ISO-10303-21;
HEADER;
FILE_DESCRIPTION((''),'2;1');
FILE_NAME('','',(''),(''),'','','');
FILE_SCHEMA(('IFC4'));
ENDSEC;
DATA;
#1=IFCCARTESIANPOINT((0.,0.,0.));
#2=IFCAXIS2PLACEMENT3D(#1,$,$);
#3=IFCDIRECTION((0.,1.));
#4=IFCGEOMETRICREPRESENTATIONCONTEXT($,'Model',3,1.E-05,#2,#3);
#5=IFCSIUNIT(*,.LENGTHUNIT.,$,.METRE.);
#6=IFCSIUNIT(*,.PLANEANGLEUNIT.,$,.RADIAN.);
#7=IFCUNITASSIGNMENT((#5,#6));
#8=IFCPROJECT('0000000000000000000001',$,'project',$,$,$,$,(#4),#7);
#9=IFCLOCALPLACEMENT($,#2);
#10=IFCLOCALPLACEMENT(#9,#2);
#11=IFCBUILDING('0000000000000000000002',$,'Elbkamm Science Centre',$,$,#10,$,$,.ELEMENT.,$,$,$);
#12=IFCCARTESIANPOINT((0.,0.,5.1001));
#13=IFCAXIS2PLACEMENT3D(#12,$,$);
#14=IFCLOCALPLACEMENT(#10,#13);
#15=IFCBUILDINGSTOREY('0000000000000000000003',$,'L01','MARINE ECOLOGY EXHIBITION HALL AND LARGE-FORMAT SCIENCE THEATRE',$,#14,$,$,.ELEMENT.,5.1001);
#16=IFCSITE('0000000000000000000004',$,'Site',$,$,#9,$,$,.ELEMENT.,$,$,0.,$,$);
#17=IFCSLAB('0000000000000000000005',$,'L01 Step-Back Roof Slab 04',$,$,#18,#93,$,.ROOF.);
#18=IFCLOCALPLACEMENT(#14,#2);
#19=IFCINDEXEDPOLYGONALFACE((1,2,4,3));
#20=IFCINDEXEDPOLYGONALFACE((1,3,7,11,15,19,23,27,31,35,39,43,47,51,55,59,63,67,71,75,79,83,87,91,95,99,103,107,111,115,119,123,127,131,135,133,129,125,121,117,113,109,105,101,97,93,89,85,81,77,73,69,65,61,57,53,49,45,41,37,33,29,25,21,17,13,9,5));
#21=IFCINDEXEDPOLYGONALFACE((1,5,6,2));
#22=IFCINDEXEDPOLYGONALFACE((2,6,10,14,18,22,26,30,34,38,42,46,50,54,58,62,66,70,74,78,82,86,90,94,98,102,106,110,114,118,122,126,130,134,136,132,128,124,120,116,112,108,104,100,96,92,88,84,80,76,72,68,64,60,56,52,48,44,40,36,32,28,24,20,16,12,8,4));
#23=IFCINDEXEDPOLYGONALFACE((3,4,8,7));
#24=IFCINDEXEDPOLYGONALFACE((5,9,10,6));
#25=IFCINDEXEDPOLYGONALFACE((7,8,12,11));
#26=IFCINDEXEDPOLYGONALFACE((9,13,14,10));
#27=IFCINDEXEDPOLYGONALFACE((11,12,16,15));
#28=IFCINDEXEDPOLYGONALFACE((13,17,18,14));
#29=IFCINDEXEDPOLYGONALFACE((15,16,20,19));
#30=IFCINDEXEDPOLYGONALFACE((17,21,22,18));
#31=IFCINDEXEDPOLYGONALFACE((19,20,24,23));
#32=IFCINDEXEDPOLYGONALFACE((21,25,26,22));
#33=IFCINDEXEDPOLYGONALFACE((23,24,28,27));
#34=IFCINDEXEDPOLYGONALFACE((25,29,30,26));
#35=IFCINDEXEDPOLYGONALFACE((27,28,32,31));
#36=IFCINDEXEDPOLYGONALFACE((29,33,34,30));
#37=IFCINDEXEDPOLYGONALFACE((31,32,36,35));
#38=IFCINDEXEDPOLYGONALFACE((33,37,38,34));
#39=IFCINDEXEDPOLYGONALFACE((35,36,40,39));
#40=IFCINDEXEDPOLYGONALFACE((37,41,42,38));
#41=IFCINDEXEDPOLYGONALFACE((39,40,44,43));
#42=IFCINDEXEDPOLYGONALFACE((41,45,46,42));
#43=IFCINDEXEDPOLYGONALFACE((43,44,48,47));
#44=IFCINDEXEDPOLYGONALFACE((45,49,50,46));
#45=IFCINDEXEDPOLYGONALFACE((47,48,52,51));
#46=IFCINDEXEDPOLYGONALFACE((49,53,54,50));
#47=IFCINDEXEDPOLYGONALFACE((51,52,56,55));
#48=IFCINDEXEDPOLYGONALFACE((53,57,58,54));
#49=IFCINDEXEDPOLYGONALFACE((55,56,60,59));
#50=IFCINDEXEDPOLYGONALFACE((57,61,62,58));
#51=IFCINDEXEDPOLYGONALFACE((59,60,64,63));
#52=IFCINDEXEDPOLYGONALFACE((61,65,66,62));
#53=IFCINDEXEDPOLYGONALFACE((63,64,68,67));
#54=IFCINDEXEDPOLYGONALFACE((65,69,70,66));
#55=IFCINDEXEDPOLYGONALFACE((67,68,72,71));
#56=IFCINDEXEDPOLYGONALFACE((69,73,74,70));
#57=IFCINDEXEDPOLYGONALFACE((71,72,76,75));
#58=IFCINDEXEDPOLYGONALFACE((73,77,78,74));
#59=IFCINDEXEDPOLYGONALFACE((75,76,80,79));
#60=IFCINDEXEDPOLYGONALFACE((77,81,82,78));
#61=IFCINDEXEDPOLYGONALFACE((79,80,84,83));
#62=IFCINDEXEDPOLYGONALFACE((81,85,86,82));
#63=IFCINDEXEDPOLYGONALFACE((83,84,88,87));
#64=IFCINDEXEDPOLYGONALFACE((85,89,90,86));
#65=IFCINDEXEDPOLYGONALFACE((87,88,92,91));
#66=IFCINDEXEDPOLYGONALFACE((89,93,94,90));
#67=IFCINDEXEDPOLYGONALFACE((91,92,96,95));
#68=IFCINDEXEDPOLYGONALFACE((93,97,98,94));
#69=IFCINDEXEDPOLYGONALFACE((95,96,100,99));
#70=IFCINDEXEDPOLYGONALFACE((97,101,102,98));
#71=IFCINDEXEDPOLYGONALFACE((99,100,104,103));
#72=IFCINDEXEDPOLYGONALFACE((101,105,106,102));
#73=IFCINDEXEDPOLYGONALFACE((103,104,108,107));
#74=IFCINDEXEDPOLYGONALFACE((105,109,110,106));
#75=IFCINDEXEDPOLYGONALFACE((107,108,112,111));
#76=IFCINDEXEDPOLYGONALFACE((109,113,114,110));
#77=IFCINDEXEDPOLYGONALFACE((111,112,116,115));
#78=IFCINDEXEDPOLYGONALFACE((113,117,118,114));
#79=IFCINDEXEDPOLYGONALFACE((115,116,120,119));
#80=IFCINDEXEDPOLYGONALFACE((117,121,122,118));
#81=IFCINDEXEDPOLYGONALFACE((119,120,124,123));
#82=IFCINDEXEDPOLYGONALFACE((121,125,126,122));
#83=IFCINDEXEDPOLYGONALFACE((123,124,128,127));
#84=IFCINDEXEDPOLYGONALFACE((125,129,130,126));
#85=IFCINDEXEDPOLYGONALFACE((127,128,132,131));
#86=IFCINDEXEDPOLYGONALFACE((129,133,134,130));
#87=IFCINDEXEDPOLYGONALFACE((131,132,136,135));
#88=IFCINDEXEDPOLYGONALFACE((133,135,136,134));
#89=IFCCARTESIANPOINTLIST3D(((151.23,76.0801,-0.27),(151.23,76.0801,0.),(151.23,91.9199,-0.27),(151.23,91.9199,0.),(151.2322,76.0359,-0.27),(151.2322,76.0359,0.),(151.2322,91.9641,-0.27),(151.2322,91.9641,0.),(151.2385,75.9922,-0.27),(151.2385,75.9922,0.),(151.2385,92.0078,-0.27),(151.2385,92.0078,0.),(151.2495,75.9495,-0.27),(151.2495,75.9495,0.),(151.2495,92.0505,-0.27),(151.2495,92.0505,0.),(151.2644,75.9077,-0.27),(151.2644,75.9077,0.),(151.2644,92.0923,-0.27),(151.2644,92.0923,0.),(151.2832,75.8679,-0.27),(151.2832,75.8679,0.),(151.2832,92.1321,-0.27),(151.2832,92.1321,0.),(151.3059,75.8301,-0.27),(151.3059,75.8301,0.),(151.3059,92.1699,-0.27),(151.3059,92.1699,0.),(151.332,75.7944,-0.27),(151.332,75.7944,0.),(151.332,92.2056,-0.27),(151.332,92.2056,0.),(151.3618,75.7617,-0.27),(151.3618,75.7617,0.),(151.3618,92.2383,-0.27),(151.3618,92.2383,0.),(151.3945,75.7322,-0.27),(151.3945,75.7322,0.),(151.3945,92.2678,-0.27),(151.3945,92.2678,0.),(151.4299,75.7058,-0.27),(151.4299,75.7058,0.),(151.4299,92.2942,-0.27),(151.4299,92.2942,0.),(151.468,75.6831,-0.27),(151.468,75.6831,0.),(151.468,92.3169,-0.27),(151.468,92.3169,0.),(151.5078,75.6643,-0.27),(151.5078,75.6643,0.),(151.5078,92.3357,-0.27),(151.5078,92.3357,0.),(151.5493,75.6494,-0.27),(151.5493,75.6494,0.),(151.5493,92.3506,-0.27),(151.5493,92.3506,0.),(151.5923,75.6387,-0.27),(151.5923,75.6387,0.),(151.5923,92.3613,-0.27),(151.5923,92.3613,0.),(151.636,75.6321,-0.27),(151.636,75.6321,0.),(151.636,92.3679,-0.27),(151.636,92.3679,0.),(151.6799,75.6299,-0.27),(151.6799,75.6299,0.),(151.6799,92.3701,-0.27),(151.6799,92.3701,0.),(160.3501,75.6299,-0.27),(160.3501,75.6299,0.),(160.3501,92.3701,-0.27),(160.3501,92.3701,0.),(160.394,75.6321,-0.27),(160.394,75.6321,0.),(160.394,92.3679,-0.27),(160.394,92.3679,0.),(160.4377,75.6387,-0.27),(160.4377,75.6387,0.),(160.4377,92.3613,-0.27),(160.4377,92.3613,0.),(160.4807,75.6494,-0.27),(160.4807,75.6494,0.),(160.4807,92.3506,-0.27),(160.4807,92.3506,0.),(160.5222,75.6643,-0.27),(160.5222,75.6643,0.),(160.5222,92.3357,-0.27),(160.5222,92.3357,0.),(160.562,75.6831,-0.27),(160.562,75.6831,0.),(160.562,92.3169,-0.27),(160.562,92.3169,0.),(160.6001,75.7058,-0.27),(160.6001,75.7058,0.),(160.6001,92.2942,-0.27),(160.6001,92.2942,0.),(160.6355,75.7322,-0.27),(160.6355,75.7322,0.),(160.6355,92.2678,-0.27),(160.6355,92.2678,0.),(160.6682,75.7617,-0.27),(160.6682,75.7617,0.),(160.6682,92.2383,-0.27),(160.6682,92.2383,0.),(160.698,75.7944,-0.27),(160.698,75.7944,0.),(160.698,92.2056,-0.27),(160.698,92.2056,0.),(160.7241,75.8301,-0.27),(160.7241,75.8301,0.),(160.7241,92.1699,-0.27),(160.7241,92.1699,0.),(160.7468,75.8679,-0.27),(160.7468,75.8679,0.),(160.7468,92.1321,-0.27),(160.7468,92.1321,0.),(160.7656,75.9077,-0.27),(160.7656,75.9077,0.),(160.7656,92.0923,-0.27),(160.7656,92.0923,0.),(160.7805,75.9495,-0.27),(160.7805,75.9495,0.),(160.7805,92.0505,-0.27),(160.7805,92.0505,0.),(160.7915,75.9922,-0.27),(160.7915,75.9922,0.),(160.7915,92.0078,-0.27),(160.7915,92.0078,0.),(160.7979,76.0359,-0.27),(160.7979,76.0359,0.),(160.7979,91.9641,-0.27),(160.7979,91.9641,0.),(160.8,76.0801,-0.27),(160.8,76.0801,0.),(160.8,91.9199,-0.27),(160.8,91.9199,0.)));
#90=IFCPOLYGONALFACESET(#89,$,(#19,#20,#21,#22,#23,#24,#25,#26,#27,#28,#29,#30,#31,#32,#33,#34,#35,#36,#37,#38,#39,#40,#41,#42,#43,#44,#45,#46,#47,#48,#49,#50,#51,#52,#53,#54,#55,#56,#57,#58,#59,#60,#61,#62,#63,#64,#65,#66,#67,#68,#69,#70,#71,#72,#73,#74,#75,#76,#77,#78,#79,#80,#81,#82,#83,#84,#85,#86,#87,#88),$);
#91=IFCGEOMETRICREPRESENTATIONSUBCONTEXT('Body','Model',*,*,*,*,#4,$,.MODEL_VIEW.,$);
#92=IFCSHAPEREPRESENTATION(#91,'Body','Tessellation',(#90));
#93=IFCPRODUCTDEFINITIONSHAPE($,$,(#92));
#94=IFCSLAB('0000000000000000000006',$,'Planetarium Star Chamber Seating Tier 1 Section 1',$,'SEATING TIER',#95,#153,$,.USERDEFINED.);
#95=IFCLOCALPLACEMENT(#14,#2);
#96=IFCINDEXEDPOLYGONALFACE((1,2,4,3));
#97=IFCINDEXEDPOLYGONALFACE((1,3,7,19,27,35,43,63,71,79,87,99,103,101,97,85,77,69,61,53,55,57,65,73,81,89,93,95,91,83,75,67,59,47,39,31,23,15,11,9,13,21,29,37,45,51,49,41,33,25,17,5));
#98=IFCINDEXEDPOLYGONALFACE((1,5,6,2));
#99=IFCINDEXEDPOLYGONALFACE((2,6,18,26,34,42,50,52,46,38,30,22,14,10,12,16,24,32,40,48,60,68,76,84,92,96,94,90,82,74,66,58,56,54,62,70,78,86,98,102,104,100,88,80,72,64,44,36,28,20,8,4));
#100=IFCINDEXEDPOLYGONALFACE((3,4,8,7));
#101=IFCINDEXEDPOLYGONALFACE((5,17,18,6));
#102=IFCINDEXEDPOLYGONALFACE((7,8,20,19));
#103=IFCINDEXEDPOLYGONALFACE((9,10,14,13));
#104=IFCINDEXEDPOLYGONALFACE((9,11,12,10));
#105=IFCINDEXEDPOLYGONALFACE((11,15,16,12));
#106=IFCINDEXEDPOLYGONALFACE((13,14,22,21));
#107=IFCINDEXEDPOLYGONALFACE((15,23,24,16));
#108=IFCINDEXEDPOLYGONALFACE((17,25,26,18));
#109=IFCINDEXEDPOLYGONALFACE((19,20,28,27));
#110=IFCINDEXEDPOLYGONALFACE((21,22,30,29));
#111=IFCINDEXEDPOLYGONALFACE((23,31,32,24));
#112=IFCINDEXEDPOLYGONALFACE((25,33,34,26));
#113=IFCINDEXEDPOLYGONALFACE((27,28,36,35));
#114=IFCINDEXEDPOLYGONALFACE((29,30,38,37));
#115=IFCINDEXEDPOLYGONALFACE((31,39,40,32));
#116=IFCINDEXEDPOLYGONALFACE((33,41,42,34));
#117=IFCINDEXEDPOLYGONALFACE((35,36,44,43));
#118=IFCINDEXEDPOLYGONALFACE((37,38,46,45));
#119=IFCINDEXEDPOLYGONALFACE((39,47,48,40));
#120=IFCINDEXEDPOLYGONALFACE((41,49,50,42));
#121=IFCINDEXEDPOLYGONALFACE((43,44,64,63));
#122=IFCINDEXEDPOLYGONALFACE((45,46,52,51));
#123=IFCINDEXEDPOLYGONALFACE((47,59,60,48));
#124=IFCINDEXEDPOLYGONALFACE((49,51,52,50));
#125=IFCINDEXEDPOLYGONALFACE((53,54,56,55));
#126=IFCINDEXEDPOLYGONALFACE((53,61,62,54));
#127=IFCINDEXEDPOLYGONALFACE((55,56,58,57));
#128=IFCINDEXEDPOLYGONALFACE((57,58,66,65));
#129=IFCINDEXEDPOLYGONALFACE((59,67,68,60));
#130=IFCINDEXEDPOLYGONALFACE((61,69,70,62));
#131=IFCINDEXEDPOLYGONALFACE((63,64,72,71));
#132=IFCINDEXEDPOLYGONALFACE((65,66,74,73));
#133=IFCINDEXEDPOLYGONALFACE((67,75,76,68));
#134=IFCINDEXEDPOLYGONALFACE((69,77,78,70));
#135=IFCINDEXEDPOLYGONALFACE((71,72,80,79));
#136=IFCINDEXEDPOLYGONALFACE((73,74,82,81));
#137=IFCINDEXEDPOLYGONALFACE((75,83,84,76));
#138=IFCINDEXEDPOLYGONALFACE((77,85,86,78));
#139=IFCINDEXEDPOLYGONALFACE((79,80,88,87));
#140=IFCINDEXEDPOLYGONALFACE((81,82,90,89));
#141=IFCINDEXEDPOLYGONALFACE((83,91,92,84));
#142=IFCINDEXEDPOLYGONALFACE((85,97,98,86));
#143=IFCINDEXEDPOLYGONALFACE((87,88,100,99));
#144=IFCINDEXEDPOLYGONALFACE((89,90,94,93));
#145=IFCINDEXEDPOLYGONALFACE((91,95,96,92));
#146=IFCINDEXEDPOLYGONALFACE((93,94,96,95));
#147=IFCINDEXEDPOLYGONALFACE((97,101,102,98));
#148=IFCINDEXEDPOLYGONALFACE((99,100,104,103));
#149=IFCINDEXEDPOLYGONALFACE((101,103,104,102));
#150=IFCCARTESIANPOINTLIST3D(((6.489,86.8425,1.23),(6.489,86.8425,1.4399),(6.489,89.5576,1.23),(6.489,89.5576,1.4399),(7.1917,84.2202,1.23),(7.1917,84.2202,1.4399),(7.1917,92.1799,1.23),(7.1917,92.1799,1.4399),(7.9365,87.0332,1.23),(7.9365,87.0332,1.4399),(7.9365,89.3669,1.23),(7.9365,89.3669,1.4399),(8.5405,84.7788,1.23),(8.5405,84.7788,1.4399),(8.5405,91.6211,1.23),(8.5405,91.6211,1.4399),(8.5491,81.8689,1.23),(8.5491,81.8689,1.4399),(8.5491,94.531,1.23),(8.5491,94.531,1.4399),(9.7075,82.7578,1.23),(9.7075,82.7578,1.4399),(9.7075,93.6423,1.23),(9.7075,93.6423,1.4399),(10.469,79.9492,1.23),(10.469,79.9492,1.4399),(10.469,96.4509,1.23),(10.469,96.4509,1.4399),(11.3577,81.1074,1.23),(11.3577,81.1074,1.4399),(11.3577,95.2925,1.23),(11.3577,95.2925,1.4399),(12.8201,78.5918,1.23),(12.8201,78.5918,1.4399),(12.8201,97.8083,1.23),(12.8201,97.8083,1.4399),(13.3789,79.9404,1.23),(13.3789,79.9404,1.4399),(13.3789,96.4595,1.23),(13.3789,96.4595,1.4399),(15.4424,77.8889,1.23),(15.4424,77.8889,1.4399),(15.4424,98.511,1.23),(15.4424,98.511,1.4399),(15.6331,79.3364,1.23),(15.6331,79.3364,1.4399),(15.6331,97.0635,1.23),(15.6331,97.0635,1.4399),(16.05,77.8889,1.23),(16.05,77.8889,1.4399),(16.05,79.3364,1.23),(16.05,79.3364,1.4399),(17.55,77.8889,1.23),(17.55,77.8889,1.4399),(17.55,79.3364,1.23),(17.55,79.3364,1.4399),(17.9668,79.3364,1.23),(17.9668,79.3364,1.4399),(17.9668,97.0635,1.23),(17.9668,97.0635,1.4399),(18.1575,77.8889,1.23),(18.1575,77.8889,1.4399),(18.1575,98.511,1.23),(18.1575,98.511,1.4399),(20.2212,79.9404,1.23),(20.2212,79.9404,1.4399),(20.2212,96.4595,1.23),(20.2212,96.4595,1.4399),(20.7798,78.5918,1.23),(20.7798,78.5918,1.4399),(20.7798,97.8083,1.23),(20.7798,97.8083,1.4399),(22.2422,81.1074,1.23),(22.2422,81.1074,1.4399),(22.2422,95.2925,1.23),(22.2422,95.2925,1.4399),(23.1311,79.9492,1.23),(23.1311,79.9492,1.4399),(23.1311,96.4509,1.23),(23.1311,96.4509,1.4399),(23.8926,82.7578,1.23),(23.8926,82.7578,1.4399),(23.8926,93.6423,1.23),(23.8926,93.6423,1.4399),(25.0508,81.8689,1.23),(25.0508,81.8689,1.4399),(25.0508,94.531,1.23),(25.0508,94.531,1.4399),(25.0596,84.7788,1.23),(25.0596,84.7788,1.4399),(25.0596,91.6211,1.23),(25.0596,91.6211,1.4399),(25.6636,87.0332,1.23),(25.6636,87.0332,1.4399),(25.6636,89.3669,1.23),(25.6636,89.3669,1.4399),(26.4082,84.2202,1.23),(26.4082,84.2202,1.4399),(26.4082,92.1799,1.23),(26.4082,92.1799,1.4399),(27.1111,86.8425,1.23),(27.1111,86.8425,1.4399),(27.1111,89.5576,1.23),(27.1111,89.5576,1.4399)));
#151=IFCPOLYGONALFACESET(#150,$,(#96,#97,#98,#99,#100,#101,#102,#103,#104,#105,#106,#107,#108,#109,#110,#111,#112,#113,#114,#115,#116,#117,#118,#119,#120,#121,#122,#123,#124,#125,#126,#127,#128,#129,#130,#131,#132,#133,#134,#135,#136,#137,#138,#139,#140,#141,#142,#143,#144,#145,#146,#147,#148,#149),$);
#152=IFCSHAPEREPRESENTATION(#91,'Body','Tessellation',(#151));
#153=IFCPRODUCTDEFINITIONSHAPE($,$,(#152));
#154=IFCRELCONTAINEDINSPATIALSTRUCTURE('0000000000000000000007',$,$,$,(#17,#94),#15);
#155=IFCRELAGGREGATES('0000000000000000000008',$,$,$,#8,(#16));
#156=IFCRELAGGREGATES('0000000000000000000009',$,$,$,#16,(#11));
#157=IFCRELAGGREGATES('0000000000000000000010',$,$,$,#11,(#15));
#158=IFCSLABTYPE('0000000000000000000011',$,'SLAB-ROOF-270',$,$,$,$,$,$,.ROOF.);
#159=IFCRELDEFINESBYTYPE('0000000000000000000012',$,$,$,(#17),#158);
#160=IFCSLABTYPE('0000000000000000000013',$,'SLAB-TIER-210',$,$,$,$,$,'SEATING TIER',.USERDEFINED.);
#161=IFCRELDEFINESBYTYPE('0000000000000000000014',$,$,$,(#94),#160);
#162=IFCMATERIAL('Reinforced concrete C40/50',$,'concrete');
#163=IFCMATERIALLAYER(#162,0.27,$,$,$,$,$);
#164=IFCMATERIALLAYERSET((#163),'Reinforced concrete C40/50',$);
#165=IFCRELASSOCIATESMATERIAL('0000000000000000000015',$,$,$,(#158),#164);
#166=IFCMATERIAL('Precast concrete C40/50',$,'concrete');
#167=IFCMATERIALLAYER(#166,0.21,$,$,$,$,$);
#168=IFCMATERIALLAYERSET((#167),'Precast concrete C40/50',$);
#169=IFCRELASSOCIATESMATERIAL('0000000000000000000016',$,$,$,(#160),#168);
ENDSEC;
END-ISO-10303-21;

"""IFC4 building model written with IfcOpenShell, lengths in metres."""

from ifc_helpers import new_model, si_unit, direction, frame, origin, place, context, subcontext, project, spatial, polyline, outline, extrude, material, layer, layer_set, type_object, element, save


model = new_model("IFC4")

# Units and contexts
model_context = context("Model", 3, precision=1e-05, world=origin(), true_north=direction((0.0, 1.0)))
body_context = subcontext(model_context, "Body", "Model", "MODEL_VIEW")
ifc_project = project(units=[si_unit("LENGTHUNIT", "METRE"), si_unit("PLANEANGLEUNIT", "RADIAN")], contexts=[model_context])

# Site, building, storey
site_placement = place(None, origin())
site = spatial("IfcSite", under=ifc_project, at=site_placement, Name="Site", CompositionType="ELEMENT", RefElevation=0.0)
building_placement = place(site_placement, origin())
building = spatial("IfcBuilding", under=site, at=building_placement, Name="Elbkamm Science Centre", CompositionType="ELEMENT")
storey_placement = place(building_placement, frame((0.0, 0.0, 5.1001)))
storey = spatial("IfcBuildingStorey", under=building, at=storey_placement, Name="L01", Description="MARINE ECOLOGY EXHIBITION HALL AND LARGE-FORMAT SCIENCE THEATRE", CompositionType="ELEMENT", Elevation=5.1001)

# Shared definitions
ifc_material_1 = material(Name="Reinforced concrete C40/50", Category="concrete")

# Slabs
ifc_layer_1 = layer(ifc_material_1, 0.27)
ifc_layer_set_1 = layer_set([ifc_layer_1], Name="Reinforced concrete C40/50")
slab_type_1 = type_object("IfcSlabType", Name="SLAB-ROOF-270", PredefinedType="ROOF", material=ifc_layer_set_1)
slab_1_placement = place(storey_placement, frame((0.0, 0.0, -0.27)))
element("IfcSlab", 1, at=slab_1_placement, inside=storey, type_object=slab_type_1, Name="L01 Step-Back Roof Slab 04", PredefinedType="ROOF", context=body_context, shape_type="SweptSolid", body=[
    extrude(outline(polyline([(151.5923, 75.6387), (151.5493, 75.6494), (151.5078, 75.6643), (151.468, 75.6831), (151.4299, 75.7058), (151.3945, 75.7322), (151.3618, 75.7617), (151.332, 75.7944), (151.3059, 75.8301), (151.2832, 75.8679), (151.2644, 75.9077), (151.2495, 75.9495), (151.2385, 75.9922), (151.2322, 76.0359), (151.23, 76.0801), (151.23, 91.9199), (151.2322, 91.9641), (151.2385, 92.0078), (151.2495, 92.0505), (151.2644, 92.0923), (151.2832, 92.1321), (151.3059, 92.1699), (151.332, 92.2056), (151.3618, 92.2383), (151.3945, 92.2678), (151.4299, 92.2942), (151.468, 92.3169), (151.5078, 92.3357), (151.5493, 92.3506), (151.5923, 92.3613), (151.636, 92.3679), (151.6799, 92.3701), (160.3501, 92.3701), (160.394, 92.3679), (160.4377, 92.3613), (160.4807, 92.3506), (160.5222, 92.3357), (160.562, 92.3169), (160.6001, 92.2942), (160.6355, 92.2678), (160.6682, 92.2383), (160.698, 92.2056), (160.7241, 92.1699), (160.7468, 92.1321), (160.7656, 92.0923), (160.7805, 92.0505), (160.7915, 92.0078), (160.7979, 91.9641), (160.8, 91.9199), (160.8, 76.0801), (160.7979, 76.0359), (160.7915, 75.9922), (160.7805, 75.9495), (160.7656, 75.9077), (160.7468, 75.8679), (160.7241, 75.8301), (160.698, 75.7944), (160.6682, 75.7617), (160.6355, 75.7322), (160.6001, 75.7058), (160.562, 75.6831), (160.5222, 75.6643), (160.4807, 75.6494), (160.4377, 75.6387), (160.394, 75.6321), (160.3501, 75.6299), (151.6799, 75.6299), (151.636, 75.6321), (151.5923, 75.6387)])), origin(), (0.0, 0.0, 1.0), 0.27),
])
ifc_material_2 = material(Name="Precast concrete C40/50", Category="concrete")
ifc_layer_2 = layer(ifc_material_2, 0.21)
ifc_layer_set_2 = layer_set([ifc_layer_2], Name="Precast concrete C40/50")
slab_type_2 = type_object("IfcSlabType", Name="SLAB-TIER-210", ElementType="SEATING TIER", PredefinedType="USERDEFINED", material=ifc_layer_set_2)
slab_2_placement = place(storey_placement, frame((0.0, 0.0, 1.23)))
element("IfcSlab", 2, at=slab_2_placement, inside=storey, type_object=slab_type_2, Name="Planetarium Star Chamber Seating Tier 1 Section 1", ObjectType="SEATING TIER", PredefinedType="USERDEFINED", context=body_context, shape_type="SweptSolid", body=[
    extrude(outline(polyline([(26.4082, 84.2202), (25.0508, 81.8689), (23.1311, 79.9492), (20.7798, 78.5918), (18.1575, 77.8889), (17.55, 77.8889), (17.55, 79.3364), (17.9668, 79.3364), (20.2212, 79.9404), (22.2422, 81.1074), (23.8926, 82.7578), (25.0596, 84.7788), (25.6636, 87.0332), (25.6636, 89.3669), (25.0596, 91.6211), (23.8926, 93.6423), (22.2422, 95.2925), (20.2212, 96.4595), (17.9668, 97.0635), (15.6331, 97.0635), (13.3789, 96.4595), (11.3577, 95.2925), (9.7075, 93.6423), (8.5405, 91.6211), (7.9365, 89.3669), (7.9365, 87.0332), (8.5405, 84.7788), (9.7075, 82.7578), (11.3577, 81.1074), (13.3789, 79.9404), (15.6331, 79.3364), (16.05, 79.3364), (16.05, 77.8889), (15.4424, 77.8889), (12.8201, 78.5918), (10.469, 79.9492), (8.5491, 81.8689), (7.1917, 84.2202), (6.489, 86.8425), (6.489, 89.5576), (7.1917, 92.1799), (8.5491, 94.531), (10.469, 96.4509), (12.8201, 97.8083), (15.4424, 98.511), (18.1575, 98.511), (20.7798, 97.8083), (23.1311, 96.4509), (25.0508, 94.531), (26.4082, 92.1799), (27.1111, 89.5576), (27.1111, 86.8425), (26.4082, 84.2202)])), origin(), (0.0, 0.0, 1.0), 0.21),
])

save(model, "model.ifc")
